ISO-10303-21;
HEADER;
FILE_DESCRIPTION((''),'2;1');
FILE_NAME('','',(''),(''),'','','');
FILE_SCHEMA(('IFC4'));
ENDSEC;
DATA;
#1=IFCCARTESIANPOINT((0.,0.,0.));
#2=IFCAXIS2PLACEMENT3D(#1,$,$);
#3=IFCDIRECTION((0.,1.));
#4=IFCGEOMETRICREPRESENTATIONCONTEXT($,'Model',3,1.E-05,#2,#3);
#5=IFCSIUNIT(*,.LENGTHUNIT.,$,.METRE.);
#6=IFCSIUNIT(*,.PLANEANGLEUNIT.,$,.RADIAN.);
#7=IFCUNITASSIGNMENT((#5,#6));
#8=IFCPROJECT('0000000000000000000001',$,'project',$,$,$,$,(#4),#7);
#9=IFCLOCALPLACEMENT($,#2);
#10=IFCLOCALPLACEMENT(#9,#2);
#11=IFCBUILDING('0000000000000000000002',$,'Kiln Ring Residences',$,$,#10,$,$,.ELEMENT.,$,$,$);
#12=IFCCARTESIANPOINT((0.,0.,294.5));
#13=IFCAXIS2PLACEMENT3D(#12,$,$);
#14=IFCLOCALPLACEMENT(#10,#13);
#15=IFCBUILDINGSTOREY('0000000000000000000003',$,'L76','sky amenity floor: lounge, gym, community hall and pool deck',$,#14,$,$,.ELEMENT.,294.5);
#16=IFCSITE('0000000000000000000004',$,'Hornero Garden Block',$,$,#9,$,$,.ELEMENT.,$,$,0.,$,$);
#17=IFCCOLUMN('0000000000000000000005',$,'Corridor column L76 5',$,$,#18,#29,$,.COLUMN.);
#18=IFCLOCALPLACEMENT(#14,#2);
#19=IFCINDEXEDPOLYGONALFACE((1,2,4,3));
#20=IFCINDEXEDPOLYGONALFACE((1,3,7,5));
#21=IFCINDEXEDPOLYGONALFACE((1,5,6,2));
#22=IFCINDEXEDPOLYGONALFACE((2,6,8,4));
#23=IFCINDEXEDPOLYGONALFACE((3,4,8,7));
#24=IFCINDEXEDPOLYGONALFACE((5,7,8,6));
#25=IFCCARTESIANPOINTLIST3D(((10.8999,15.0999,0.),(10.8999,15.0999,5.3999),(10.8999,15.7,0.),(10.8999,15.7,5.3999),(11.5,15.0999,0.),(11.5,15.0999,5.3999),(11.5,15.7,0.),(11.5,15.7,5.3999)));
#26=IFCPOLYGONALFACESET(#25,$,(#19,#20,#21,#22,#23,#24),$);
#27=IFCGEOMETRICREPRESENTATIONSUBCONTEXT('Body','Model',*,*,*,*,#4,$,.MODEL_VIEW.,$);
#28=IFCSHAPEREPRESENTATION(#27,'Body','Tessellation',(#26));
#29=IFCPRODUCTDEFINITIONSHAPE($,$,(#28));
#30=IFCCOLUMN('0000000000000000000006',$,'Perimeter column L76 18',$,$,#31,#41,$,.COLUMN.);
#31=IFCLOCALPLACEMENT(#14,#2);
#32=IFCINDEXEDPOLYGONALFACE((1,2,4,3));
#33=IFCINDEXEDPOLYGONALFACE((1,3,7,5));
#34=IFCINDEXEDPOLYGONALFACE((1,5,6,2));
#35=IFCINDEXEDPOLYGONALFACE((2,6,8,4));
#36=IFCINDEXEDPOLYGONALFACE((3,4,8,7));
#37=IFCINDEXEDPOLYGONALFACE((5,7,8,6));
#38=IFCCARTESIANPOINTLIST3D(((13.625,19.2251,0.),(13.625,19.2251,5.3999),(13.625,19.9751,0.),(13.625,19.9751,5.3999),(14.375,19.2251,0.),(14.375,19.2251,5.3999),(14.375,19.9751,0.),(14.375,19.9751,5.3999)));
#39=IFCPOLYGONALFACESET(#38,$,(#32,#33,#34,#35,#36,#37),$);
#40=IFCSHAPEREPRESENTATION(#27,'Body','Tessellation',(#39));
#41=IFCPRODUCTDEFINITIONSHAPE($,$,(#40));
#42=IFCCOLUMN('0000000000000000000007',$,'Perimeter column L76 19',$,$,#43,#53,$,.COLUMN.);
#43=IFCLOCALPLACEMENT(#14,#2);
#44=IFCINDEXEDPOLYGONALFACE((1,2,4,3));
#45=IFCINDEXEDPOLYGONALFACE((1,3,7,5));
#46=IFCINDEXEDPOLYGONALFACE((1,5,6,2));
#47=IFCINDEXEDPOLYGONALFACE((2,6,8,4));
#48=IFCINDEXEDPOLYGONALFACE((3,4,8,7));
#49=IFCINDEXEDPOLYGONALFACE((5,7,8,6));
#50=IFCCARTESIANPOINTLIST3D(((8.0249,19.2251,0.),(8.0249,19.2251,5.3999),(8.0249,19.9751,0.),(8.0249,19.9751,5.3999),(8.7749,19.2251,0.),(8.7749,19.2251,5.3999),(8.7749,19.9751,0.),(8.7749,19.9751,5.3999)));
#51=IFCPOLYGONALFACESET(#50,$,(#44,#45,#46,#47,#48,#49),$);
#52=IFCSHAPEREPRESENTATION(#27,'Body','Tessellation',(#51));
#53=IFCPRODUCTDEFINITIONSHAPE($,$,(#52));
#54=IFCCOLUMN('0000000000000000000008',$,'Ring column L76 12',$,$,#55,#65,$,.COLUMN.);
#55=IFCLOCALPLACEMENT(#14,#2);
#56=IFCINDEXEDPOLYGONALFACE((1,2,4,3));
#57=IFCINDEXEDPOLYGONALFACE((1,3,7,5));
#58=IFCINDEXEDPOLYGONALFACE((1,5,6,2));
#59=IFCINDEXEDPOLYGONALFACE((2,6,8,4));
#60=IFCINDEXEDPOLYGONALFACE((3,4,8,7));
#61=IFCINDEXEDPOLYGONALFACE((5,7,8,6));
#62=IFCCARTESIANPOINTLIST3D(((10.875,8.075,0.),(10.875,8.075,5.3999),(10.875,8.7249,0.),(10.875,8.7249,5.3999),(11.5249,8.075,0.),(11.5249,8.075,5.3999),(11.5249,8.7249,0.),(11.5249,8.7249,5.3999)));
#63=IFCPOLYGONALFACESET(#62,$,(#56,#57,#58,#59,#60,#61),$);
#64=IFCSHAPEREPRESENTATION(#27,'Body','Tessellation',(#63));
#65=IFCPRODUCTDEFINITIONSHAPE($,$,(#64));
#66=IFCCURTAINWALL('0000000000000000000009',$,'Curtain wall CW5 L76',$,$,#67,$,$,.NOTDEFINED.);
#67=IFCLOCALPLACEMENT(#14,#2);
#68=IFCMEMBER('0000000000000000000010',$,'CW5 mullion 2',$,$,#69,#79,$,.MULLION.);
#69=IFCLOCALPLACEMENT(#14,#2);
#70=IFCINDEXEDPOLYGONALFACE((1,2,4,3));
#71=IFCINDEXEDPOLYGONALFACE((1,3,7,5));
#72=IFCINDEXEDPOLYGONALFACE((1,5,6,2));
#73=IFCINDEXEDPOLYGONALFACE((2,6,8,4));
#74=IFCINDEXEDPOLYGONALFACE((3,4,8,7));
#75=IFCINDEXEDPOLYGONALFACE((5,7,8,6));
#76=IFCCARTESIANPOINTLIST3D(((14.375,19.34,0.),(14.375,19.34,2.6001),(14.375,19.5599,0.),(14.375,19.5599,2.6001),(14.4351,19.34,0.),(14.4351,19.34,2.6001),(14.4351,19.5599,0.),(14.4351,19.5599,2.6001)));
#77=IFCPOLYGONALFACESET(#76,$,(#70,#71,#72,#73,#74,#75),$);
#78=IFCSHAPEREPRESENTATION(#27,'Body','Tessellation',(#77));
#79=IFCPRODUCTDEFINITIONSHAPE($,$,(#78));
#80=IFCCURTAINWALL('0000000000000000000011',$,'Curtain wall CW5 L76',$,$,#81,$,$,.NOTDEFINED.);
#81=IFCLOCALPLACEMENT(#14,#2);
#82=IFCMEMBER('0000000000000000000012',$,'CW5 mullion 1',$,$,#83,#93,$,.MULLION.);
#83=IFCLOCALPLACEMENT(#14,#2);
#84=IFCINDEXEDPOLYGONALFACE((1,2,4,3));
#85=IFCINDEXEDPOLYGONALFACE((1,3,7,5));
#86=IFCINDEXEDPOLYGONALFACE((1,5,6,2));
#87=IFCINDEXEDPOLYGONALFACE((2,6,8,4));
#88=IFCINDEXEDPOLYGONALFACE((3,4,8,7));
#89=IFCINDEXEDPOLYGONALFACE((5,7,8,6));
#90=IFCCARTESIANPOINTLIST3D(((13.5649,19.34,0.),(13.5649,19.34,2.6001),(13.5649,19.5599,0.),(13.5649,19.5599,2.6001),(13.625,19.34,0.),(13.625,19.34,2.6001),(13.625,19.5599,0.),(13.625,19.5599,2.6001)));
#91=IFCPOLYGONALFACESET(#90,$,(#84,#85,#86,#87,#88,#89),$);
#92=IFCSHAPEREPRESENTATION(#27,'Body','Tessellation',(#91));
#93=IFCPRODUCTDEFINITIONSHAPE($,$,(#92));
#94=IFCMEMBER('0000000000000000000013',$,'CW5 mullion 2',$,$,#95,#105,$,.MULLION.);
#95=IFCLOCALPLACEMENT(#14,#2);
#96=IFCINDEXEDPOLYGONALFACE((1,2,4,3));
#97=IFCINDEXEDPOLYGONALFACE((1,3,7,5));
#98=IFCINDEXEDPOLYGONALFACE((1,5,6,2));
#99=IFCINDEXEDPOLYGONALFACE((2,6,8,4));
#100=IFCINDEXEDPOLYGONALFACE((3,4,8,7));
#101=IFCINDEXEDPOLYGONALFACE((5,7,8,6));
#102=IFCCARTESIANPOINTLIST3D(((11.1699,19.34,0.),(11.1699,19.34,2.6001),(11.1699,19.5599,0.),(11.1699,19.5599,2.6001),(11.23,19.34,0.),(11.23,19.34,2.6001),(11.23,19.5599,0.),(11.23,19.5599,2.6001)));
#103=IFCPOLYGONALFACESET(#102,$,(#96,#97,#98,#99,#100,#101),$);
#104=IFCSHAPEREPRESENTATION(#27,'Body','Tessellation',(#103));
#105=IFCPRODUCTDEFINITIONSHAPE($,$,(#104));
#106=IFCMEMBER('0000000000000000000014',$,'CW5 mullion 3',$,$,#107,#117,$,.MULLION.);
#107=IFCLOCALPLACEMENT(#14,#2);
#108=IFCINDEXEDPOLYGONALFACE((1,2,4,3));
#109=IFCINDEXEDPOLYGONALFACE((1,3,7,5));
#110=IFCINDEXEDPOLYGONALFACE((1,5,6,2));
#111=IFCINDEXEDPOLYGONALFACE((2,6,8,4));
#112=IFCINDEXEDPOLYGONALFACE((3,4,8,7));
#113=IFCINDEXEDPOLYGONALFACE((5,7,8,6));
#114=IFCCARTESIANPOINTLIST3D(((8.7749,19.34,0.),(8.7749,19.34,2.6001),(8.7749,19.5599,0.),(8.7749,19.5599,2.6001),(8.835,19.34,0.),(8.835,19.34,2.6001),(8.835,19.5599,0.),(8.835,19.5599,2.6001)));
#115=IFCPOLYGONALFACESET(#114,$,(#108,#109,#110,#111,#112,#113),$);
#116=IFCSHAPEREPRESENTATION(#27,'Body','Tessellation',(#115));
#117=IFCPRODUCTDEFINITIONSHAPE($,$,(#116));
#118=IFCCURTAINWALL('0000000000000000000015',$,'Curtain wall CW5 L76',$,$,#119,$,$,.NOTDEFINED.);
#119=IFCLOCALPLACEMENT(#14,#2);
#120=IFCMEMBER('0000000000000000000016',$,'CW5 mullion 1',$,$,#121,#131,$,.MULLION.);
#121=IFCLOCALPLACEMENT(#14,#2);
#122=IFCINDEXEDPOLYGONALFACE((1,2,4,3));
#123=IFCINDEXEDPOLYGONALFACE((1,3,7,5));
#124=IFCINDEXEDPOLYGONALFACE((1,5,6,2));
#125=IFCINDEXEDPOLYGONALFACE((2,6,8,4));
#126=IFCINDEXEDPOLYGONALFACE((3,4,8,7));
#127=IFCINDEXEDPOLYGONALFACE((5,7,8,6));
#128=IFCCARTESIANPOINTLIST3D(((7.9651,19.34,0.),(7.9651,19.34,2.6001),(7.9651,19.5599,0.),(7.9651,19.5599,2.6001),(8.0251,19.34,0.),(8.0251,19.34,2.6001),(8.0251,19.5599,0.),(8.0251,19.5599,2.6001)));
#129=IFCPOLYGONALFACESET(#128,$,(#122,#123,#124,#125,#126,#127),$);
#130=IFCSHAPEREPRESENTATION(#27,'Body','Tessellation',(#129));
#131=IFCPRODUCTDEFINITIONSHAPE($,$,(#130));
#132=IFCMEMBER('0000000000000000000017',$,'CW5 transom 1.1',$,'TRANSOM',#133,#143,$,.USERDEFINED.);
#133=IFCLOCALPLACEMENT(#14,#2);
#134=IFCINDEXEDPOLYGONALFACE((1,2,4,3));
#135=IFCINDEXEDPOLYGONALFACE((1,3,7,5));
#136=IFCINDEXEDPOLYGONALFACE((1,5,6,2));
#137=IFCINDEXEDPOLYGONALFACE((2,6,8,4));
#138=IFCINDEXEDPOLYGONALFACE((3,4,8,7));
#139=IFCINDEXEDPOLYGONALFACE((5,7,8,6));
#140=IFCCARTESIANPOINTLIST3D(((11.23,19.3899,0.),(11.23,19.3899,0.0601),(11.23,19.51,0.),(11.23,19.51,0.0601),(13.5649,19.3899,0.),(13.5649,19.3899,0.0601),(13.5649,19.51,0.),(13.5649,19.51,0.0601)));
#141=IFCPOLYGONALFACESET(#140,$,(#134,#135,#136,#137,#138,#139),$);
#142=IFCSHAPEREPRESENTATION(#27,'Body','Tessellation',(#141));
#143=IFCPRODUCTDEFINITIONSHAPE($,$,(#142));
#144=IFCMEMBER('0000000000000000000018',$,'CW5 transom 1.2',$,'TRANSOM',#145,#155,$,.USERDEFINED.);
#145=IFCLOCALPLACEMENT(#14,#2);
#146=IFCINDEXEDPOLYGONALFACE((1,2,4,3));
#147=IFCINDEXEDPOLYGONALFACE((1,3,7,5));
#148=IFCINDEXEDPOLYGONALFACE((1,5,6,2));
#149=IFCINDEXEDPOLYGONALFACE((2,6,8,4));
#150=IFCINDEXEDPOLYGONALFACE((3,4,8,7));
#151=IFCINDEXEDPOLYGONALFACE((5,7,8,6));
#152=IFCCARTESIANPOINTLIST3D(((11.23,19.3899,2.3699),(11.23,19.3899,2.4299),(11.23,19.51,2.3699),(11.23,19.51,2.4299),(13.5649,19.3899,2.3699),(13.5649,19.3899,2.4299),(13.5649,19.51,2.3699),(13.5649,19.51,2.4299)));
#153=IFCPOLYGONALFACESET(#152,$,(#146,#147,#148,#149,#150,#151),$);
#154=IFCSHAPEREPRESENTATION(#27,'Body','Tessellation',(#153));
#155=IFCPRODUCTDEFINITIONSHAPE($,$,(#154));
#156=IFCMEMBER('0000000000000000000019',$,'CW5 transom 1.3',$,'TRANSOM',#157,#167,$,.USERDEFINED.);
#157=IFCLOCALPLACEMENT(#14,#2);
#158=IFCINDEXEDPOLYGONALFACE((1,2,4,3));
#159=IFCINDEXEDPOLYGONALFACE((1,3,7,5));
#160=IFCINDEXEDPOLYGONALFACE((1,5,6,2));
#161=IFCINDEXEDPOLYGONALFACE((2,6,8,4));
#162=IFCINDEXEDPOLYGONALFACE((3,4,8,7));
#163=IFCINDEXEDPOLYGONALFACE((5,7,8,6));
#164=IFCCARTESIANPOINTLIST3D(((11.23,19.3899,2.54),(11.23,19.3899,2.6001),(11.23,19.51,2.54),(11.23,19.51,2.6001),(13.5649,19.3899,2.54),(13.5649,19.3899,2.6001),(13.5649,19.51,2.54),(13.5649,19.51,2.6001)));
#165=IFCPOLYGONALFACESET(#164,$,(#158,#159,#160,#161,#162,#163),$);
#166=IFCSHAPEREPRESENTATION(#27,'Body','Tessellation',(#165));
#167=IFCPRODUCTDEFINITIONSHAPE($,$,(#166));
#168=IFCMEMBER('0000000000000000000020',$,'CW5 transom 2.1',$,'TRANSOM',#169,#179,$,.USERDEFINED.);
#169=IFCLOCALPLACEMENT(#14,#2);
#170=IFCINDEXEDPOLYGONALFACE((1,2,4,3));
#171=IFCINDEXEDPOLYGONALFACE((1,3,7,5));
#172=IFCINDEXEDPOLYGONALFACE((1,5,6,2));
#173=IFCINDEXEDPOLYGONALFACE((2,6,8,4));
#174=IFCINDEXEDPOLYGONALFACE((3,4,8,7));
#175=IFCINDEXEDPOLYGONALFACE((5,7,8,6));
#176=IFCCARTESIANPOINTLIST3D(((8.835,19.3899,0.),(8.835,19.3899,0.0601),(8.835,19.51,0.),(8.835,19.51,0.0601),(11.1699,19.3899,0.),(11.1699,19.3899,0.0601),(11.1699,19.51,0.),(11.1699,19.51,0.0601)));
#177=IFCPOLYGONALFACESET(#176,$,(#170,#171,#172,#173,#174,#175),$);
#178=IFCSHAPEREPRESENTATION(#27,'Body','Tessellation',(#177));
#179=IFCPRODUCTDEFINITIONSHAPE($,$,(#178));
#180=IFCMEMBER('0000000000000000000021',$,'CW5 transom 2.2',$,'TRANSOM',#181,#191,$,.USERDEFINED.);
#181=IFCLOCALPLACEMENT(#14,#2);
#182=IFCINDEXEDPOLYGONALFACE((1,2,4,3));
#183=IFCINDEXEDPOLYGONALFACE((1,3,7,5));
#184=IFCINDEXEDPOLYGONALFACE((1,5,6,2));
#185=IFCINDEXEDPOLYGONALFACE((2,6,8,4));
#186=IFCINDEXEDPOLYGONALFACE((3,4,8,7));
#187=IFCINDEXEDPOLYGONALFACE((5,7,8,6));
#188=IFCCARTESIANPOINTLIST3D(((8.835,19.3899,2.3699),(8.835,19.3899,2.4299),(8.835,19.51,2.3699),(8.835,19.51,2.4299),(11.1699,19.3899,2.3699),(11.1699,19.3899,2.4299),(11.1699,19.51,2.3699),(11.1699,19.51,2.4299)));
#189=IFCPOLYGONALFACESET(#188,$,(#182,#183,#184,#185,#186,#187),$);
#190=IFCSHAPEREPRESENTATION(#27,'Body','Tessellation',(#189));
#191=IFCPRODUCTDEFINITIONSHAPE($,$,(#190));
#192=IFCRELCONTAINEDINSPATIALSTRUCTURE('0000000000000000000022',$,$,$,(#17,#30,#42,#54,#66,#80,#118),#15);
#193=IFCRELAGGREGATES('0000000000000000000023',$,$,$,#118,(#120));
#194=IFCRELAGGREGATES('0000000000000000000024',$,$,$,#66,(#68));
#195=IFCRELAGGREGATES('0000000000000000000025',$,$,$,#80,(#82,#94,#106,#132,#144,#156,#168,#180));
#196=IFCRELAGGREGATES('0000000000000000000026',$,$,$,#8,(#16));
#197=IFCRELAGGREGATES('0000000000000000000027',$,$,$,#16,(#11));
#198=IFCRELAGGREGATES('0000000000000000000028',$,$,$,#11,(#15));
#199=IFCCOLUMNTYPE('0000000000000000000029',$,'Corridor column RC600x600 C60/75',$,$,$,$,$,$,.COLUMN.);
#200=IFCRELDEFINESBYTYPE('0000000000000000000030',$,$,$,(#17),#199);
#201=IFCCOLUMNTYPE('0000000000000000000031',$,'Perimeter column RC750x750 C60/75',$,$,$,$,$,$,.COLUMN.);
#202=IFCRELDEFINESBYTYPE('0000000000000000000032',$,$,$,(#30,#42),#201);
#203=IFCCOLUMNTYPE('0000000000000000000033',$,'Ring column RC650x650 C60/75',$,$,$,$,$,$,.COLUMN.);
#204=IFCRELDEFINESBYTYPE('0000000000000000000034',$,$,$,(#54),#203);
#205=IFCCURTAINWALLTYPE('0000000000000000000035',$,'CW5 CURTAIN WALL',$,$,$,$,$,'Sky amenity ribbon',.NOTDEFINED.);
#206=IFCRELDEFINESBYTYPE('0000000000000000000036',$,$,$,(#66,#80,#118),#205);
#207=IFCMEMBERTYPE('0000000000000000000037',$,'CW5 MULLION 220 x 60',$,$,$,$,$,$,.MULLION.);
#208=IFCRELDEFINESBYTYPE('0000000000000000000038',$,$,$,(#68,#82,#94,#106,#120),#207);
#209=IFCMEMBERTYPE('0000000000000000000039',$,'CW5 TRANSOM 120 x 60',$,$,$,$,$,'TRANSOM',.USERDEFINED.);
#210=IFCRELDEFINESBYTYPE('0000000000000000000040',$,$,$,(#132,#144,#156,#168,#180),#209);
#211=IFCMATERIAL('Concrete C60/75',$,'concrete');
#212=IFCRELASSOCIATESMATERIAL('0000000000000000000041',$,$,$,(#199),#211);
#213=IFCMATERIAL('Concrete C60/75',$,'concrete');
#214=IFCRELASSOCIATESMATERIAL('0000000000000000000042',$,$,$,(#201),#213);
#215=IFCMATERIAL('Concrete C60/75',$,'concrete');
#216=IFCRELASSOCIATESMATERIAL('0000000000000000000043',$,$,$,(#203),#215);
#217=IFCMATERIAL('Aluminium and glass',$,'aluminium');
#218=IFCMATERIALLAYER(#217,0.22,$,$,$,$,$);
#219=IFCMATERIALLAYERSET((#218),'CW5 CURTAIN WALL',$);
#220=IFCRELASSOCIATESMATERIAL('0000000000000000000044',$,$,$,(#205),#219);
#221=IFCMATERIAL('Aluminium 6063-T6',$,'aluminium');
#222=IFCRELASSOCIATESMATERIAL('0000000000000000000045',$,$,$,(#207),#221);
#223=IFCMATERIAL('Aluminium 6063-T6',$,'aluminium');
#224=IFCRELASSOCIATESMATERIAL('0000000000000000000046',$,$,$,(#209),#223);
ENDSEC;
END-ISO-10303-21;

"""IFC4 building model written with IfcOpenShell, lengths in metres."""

from ifc_helpers import new_model, si_unit, direction, frame, origin, origin_2d, place, context, subcontext, project, spatial, rectangle, extrude, material, layer, layer_set, material_profile, profile_set, type_object, element, aggregate, save


model = new_model("IFC4")

# Units and contexts
model_context = context("Model", 3, precision=1e-05, world=origin(), true_north=direction((0.0, 1.0)))
body_context = subcontext(model_context, "Body", "Model", "MODEL_VIEW")
ifc_project = project(units=[si_unit("LENGTHUNIT", "METRE"), si_unit("PLANEANGLEUNIT", "RADIAN")], contexts=[model_context])

# Site, building, storey
site_placement = place(None, origin())
site = spatial("IfcSite", under=ifc_project, at=site_placement, Name="Hornero Garden Block", CompositionType="ELEMENT", RefElevation=0.0)
building_placement = place(site_placement, origin())
building = spatial("IfcBuilding", under=site, at=building_placement, Name="Kiln Ring Residences", CompositionType="ELEMENT")
storey_placement = place(building_placement, frame((0.0, 0.0, 294.5)))
storey = spatial("IfcBuildingStorey", under=building, at=storey_placement, Name="L76", Description="sky amenity floor: lounge, gym, community hall and pool deck", CompositionType="ELEMENT", Elevation=294.5)

# Columns
ifc_material_1 = material(Name="Concrete C60/75", Category="concrete")
ifc_material_profile_1 = material_profile(ifc_material_1, rectangle(XDim=0.6001, YDim=0.6001, at=origin_2d()), Name="RC600x600")
ifc_profile_set_1 = profile_set([ifc_material_profile_1], Name="Concrete C60/75")
column_type_1 = type_object("IfcColumnType", Name="Corridor column RC600x600 C60/75", PredefinedType="COLUMN", material=ifc_profile_set_1)
column_1_placement = place(storey_placement, frame((11.2, 15.3999, 0.0), z_axis=(0.0, 0.0, 1.0), x_axis=(1.0, 0.0, 0.0)))
element("IfcColumn", 1, at=column_1_placement, inside=storey, type_object=column_type_1, Name="Corridor column L76 5", PredefinedType="COLUMN", context=body_context, shape_type="SweptSolid", body=[
    extrude(rectangle(XDim=0.6001, YDim=0.6001, at=origin_2d()), origin(), (0.0, 0.0, 1.0), 5.3999),
])
ifc_material_2 = material(Name="Concrete C60/75", Category="concrete")
ifc_material_profile_2 = material_profile(ifc_material_2, rectangle(XDim=0.75, YDim=0.75, at=origin_2d()), Name="RC750x750")
ifc_profile_set_2 = profile_set([ifc_material_profile_2], Name="Concrete C60/75")
column_type_2 = type_object("IfcColumnType", Name="Perimeter column RC750x750 C60/75", PredefinedType="COLUMN", material=ifc_profile_set_2)
for number, where, z_axis, x_axis, name in (
    (2, (14.0, 19.6001, 0.0), (0.0, 0.0, 1.0), (1.0, 0.0, 0.0), "Perimeter column L76 18"),
    (3, (8.3999, 19.6001, 0.0), (0.0, 0.0, 1.0), (1.0, 0.0, 0.0), "Perimeter column L76 19"),
):
    element("IfcColumn", number, at=place(storey_placement, frame(where, z_axis=z_axis, x_axis=x_axis)), inside=storey, type_object=column_type_2, Name=name, PredefinedType="COLUMN", context=body_context, shape_type="SweptSolid", body=[
        extrude(rectangle(XDim=0.75, YDim=0.75, at=origin_2d()), origin(), (0.0, 0.0, 1.0), 5.3999),
    ])
ifc_material_3 = material(Name="Concrete C60/75", Category="concrete")
ifc_material_profile_3 = material_profile(ifc_material_3, rectangle(XDim=0.6499, YDim=0.6499, at=origin_2d()), Name="RC650x650")
ifc_profile_set_3 = profile_set([ifc_material_profile_3], Name="Concrete C60/75")
column_type_3 = type_object("IfcColumnType", Name="Ring column RC650x650 C60/75", PredefinedType="COLUMN", material=ifc_profile_set_3)
column_2_placement = place(storey_placement, frame((11.2, 8.3999, 0.0), z_axis=(0.0, 0.0, 1.0), x_axis=(1.0, 0.0, 0.0)))
element("IfcColumn", 4, at=column_2_placement, inside=storey, type_object=column_type_3, Name="Ring column L76 12", PredefinedType="COLUMN", context=body_context, shape_type="SweptSolid", body=[
    extrude(rectangle(XDim=0.6499, YDim=0.6499, at=origin_2d()), origin(), (0.0, 0.0, 1.0), 5.3999),
])

# Curtain wall, member
ifc_material_4 = material(Name="Aluminium and glass", Category="aluminium")
ifc_layer_1 = layer(ifc_material_4, 0.22)
ifc_layer_set_1 = layer_set([ifc_layer_1], Name="CW5 CURTAIN WALL")
curtain_wall_type = type_object("IfcCurtainWallType", Name="CW5 CURTAIN WALL", ElementType="Sky amenity ribbon", PredefinedType="NOTDEFINED", material=ifc_layer_set_1)
placement = place(storey_placement, origin())
curtain_wall_1 = element("IfcCurtainWall", 5, at=placement, inside=storey, type_object=curtain_wall_type, Name="Curtain wall CW5 L76", PredefinedType="NOTDEFINED")
ifc_material_5 = material(Name="Aluminium 6063-T6", Category="aluminium")
ifc_material_profile_4 = material_profile(ifc_material_5, rectangle(XDim=0.22, YDim=0.0601, at=origin_2d()), Name="AL 220x60")
ifc_profile_set_4 = profile_set([ifc_material_profile_4], Name="Aluminium 6063-T6")
member_type_1 = type_object("IfcMemberType", Name="CW5 MULLION 220 x 60", PredefinedType="MULLION", material=ifc_profile_set_4)
member_1_placement = place(storey_placement, frame((14.405, 19.45, 0.0), z_axis=(0.0, 0.0, 1.0), x_axis=(0.0, -1.0, 0.0)))
member_1 = element("IfcMember", 6, at=member_1_placement, type_object=member_type_1, Name="CW5 mullion 2", PredefinedType="MULLION", context=body_context, shape_type="SweptSolid", body=[
    extrude(rectangle(XDim=0.22, YDim=0.0601, at=origin_2d()), origin(), (0.0, 0.0, 1.0), 2.6001),
])

# Curtain wall, members
curtain_wall_2 = element("IfcCurtainWall", 7, at=placement, inside=storey, type_object=curtain_wall_type, Name="Curtain wall CW5 L76", PredefinedType="NOTDEFINED")
member_2_placement = place(storey_placement, frame((13.595, 19.45, 0.0), z_axis=(0.0, 0.0, 1.0), x_axis=(0.0, -1.0, 0.0)))
member_2 = element("IfcMember", 8, at=member_2_placement, type_object=member_type_1, Name="CW5 mullion 1", PredefinedType="MULLION", context=body_context, shape_type="SweptSolid", body=[
    extrude(rectangle(XDim=0.22, YDim=0.0601, at=origin_2d()), origin(), (0.0, 0.0, 1.0), 2.6001),
])
member_3_placement = place(storey_placement, frame((11.2, 19.45, 0.0), z_axis=(0.0, 0.0, 1.0), x_axis=(0.0, -1.0, 0.0)))
member_3 = element("IfcMember", 9, at=member_3_placement, type_object=member_type_1, Name="CW5 mullion 2", PredefinedType="MULLION", context=body_context, shape_type="SweptSolid", body=[
    extrude(rectangle(XDim=0.22, YDim=0.0601, at=origin_2d()), origin(), (0.0, 0.0, 1.0), 2.6001),
])
member_4_placement = place(storey_placement, frame((8.8049, 19.45, 0.0), z_axis=(0.0, 0.0, 1.0), x_axis=(0.0, -1.0, 0.0)))
member_4 = element("IfcMember", 10, at=member_4_placement, type_object=member_type_1, Name="CW5 mullion 3", PredefinedType="MULLION", context=body_context, shape_type="SweptSolid", body=[
    extrude(rectangle(XDim=0.22, YDim=0.0601, at=origin_2d()), origin(), (0.0, 0.0, 1.0), 2.6001),
])

# Curtain wall, member
curtain_wall_3 = element("IfcCurtainWall", 11, at=placement, inside=storey, type_object=curtain_wall_type, Name="Curtain wall CW5 L76", PredefinedType="NOTDEFINED")
member_5_placement = place(storey_placement, frame((7.9951, 19.45, 0.0), z_axis=(0.0, 0.0, 1.0), x_axis=(0.0, -1.0, 0.0)))
member_5 = element("IfcMember", 12, at=member_5_placement, type_object=member_type_1, Name="CW5 mullion 1", PredefinedType="MULLION", context=body_context, shape_type="SweptSolid", body=[
    extrude(rectangle(XDim=0.22, YDim=0.0601, at=origin_2d()), origin(), (0.0, 0.0, 1.0), 2.6001),
])

# Members
ifc_material_6 = material(Name="Aluminium 6063-T6", Category="aluminium")
ifc_material_profile_5 = material_profile(ifc_material_6, rectangle(XDim=0.1201, YDim=0.0601, at=origin_2d()), Name="AL 120x60")
ifc_profile_set_5 = profile_set([ifc_material_profile_5], Name="Aluminium 6063-T6")
member_type_2 = type_object("IfcMemberType", Name="CW5 TRANSOM 120 x 60", ElementType="TRANSOM", PredefinedType="USERDEFINED", material=ifc_profile_set_5)
member_6_placement = place(storey_placement, frame((13.5649, 19.45, 0.03), z_axis=(-1.0, 0.0, 0.0), x_axis=(0.0, -1.0, 0.0)))
member_6 = element("IfcMember", 13, at=member_6_placement, type_object=member_type_2, Name="CW5 transom 1.1", ObjectType="TRANSOM", PredefinedType="USERDEFINED", context=body_context, shape_type="SweptSolid", body=[
    extrude(rectangle(XDim=0.1201, YDim=0.0601, at=origin_2d()), origin(), (0.0, 0.0, 1.0), 2.335),
])
member_7_placement = place(storey_placement, frame((13.5649, 19.45, 2.3999), z_axis=(-1.0, 0.0, 0.0), x_axis=(0.0, -1.0, 0.0)))
member_7 = element("IfcMember", 14, at=member_7_placement, type_object=member_type_2, Name="CW5 transom 1.2", ObjectType="TRANSOM", PredefinedType="USERDEFINED", context=body_context, shape_type="SweptSolid", body=[
    extrude(rectangle(XDim=0.1201, YDim=0.0601, at=origin_2d()), origin(), (0.0, 0.0, 1.0), 2.335),
])
member_8_placement = place(storey_placement, frame((13.5649, 19.45, 2.5701), z_axis=(-1.0, 0.0, 0.0), x_axis=(0.0, -1.0, 0.0)))
member_8 = element("IfcMember", 15, at=member_8_placement, type_object=member_type_2, Name="CW5 transom 1.3", ObjectType="TRANSOM", PredefinedType="USERDEFINED", context=body_context, shape_type="SweptSolid", body=[
    extrude(rectangle(XDim=0.1201, YDim=0.0601, at=origin_2d()), origin(), (0.0, 0.0, 1.0), 2.335),
])
member_9_placement = place(storey_placement, frame((11.1699, 19.45, 0.03), z_axis=(-1.0, 0.0, 0.0), x_axis=(0.0, -1.0, 0.0)))
member_9 = element("IfcMember", 16, at=member_9_placement, type_object=member_type_2, Name="CW5 transom 2.1", ObjectType="TRANSOM", PredefinedType="USERDEFINED", context=body_context, shape_type="SweptSolid", body=[
    extrude(rectangle(XDim=0.1201, YDim=0.0601, at=origin_2d()), origin(), (0.0, 0.0, 1.0), 2.335),
])
member_10_placement = place(storey_placement, frame((11.1699, 19.45, 2.3999), z_axis=(-1.0, 0.0, 0.0), x_axis=(0.0, -1.0, 0.0)))
member_10 = element("IfcMember", 17, at=member_10_placement, type_object=member_type_2, Name="CW5 transom 2.2", ObjectType="TRANSOM", PredefinedType="USERDEFINED", context=body_context, shape_type="SweptSolid", body=[
    extrude(rectangle(XDim=0.1201, YDim=0.0601, at=origin_2d()), origin(), (0.0, 0.0, 1.0), 2.335),
])
aggregate(curtain_wall_3, [member_5])

aggregate(curtain_wall_1, [member_1])
aggregate(curtain_wall_2, [member_2, member_3, member_4, member_6, member_7, member_8, member_9, member_10])

save(model, "model.ifc")
